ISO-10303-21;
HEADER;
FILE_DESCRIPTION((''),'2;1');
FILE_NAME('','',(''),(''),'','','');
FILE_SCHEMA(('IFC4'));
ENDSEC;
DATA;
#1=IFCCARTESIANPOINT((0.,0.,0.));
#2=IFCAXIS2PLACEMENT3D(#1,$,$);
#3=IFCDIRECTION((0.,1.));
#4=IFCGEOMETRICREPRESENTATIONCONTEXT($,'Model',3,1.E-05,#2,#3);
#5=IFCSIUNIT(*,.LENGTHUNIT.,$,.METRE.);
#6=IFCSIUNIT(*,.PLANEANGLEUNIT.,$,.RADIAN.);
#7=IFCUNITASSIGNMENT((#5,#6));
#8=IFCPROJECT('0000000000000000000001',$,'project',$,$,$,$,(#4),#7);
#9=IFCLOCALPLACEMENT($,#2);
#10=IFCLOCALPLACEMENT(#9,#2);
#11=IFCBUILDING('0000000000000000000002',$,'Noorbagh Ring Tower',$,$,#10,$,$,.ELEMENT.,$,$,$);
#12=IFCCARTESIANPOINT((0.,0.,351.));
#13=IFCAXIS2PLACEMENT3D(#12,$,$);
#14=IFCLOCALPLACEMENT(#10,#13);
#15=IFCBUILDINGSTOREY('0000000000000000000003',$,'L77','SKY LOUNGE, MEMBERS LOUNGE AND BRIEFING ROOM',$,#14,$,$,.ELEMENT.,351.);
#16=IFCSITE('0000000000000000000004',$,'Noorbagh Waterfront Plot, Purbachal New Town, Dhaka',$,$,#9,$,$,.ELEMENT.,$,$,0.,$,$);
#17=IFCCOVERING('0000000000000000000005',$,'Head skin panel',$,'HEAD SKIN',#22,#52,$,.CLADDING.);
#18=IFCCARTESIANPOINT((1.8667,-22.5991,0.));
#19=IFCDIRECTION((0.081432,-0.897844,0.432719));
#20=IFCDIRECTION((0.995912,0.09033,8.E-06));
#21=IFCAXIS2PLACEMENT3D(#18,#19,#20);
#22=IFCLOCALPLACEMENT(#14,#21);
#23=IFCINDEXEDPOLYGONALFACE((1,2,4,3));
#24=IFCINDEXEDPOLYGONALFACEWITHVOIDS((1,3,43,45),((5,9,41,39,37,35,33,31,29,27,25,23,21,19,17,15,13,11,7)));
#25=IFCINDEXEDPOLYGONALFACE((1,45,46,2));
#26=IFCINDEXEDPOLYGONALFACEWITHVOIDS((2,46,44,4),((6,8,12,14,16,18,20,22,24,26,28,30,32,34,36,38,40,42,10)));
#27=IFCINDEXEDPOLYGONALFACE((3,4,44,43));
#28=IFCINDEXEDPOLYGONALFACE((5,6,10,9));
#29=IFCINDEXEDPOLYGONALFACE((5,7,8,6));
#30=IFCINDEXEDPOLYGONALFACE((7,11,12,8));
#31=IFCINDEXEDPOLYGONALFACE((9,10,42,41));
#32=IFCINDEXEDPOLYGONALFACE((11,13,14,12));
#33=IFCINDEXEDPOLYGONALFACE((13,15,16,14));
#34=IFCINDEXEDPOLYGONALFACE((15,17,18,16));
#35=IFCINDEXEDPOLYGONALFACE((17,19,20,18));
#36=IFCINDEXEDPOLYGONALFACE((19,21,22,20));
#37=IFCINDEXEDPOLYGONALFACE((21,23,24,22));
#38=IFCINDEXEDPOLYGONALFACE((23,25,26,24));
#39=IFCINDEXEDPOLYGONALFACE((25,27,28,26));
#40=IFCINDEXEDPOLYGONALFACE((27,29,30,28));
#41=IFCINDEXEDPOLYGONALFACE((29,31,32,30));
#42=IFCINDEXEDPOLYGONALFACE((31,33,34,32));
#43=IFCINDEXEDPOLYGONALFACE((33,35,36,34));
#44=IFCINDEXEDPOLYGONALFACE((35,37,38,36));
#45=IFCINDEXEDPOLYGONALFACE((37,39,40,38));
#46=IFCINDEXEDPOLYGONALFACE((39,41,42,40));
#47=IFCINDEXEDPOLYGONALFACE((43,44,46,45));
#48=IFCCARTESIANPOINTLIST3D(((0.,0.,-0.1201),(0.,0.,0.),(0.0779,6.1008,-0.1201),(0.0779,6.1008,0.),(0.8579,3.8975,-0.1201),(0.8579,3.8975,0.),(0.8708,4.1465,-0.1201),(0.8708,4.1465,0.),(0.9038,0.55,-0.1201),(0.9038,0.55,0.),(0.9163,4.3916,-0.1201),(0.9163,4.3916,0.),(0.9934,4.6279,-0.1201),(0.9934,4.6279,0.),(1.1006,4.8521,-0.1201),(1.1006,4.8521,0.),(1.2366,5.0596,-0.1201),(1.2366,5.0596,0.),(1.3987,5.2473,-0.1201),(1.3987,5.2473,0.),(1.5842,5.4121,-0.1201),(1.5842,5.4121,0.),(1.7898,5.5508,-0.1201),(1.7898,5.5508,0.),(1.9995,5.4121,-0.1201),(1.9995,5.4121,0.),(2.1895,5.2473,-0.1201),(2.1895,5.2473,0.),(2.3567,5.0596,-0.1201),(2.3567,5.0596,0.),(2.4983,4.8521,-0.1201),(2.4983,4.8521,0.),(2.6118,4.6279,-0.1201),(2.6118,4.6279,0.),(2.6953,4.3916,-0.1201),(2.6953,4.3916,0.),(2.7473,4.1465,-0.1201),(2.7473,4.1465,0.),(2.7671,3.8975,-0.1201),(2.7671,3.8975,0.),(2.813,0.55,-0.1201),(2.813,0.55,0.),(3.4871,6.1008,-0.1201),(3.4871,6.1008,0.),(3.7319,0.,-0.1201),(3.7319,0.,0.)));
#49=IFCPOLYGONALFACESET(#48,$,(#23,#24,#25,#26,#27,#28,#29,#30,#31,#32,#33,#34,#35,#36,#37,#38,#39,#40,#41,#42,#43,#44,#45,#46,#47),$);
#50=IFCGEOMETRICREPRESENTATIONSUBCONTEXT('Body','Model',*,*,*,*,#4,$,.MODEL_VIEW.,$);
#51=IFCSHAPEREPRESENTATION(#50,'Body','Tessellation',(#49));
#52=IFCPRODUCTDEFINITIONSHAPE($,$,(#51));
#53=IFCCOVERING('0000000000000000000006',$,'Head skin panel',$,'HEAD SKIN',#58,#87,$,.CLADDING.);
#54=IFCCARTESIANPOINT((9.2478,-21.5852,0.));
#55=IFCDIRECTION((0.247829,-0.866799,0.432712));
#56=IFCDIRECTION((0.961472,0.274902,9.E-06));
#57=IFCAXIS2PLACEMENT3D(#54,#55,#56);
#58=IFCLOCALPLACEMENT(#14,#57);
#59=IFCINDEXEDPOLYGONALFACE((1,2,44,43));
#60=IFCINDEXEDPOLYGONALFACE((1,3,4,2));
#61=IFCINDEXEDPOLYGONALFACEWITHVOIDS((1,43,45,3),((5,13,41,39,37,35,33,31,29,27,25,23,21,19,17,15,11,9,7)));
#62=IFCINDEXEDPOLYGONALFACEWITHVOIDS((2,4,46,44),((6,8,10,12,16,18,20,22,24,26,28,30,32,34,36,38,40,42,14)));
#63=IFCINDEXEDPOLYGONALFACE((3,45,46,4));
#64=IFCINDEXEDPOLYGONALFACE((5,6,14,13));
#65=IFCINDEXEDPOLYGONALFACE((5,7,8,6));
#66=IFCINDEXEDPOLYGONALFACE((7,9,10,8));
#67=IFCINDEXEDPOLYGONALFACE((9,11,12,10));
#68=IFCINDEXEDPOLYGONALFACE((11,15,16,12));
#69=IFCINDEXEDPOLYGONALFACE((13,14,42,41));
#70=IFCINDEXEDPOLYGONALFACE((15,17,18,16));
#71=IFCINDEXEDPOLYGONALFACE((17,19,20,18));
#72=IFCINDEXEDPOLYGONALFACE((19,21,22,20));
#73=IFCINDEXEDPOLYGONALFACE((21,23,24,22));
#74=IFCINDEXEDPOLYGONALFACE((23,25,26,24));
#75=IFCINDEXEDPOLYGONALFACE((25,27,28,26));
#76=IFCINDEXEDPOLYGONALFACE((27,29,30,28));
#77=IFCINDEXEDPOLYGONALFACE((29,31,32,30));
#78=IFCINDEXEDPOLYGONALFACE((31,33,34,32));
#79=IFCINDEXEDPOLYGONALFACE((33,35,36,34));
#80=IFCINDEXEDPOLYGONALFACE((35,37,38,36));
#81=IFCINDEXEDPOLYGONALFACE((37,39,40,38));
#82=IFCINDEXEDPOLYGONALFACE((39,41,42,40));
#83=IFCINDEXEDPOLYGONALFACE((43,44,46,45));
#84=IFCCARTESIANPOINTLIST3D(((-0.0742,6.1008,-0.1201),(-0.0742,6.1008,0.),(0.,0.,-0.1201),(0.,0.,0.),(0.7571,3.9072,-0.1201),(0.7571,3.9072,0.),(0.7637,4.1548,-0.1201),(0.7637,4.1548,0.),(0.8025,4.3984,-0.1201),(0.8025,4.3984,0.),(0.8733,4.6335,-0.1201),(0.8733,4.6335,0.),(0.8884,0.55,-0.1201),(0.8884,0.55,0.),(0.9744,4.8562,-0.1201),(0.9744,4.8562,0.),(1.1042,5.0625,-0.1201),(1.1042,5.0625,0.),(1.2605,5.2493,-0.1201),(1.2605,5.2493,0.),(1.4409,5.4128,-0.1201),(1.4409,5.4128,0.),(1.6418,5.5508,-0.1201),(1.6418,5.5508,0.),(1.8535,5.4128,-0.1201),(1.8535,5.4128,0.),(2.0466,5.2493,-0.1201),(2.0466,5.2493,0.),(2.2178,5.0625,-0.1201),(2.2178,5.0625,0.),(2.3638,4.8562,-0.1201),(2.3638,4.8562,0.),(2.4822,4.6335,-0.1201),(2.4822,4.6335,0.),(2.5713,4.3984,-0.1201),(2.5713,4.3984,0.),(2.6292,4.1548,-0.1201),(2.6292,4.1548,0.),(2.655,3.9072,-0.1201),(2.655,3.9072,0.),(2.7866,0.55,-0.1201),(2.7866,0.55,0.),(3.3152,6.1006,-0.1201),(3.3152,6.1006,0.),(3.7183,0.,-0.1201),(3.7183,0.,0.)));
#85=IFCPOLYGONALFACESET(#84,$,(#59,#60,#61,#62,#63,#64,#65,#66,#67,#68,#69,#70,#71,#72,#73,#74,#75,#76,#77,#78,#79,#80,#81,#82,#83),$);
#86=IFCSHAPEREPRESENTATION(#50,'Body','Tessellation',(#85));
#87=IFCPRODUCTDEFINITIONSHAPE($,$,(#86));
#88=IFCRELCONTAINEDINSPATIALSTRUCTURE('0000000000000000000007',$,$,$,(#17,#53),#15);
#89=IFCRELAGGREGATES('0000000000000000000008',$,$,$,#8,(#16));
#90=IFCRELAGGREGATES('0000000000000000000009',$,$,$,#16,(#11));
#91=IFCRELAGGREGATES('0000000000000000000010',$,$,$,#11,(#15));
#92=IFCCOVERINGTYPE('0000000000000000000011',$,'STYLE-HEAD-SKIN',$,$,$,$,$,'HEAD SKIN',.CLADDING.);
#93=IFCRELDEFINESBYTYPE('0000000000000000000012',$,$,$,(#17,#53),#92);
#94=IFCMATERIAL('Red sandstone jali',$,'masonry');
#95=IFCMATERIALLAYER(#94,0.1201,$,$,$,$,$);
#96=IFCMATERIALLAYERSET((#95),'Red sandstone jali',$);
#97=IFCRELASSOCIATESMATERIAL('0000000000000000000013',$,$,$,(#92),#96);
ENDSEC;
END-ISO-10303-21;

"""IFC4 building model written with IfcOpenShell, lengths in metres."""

from ifc_helpers import new_model, si_unit, direction, frame, origin, place, context, subcontext, project, spatial, polyline, outline, extrude, material, layer, layer_set, type_object, element, save


model = new_model("IFC4")

# Units and contexts
model_context = context("Model", 3, precision=1e-05, world=origin(), true_north=direction((0.0, 1.0)))
body_context = subcontext(model_context, "Body", "Model", "MODEL_VIEW")
ifc_project = project(units=[si_unit("LENGTHUNIT", "METRE"), si_unit("PLANEANGLEUNIT", "RADIAN")], contexts=[model_context])

# Site, building, storey
site_placement = place(None, origin())
site = spatial("IfcSite", under=ifc_project, at=site_placement, Name="Noorbagh Waterfront Plot, Purbachal New Town, Dhaka", CompositionType="ELEMENT", RefElevation=0.0)
building_placement = place(site_placement, origin())
building = spatial("IfcBuilding", under=site, at=building_placement, Name="Noorbagh Ring Tower", CompositionType="ELEMENT")
storey_placement = place(building_placement, frame((0.0, 0.0, 351.0)))
storey = spatial("IfcBuildingStorey", under=building, at=storey_placement, Name="L77", Description="SKY LOUNGE, MEMBERS LOUNGE AND BRIEFING ROOM", CompositionType="ELEMENT", Elevation=351.0)

# Coverings
ifc_material_1 = material(Name="Red sandstone jali", Category="masonry")
ifc_layer_1 = layer(ifc_material_1, 0.1201)
ifc_layer_set_1 = layer_set([ifc_layer_1], Name="Red sandstone jali")
covering_type_1 = type_object("IfcCoveringType", Name="STYLE-HEAD-SKIN", ElementType="HEAD SKIN", PredefinedType="CLADDING", material=ifc_layer_set_1)
covering_1_placement = place(storey_placement, frame((1.8667, -22.5991, 0.0), z_axis=(0.081432, -0.897844, 0.432719), x_axis=(0.995912, 0.09033, 0.000008)))
element("IfcCovering", 1, at=covering_1_placement, inside=storey, type_object=covering_type_1, Name="Head skin panel", ObjectType="HEAD SKIN", PredefinedType="CLADDING", context=body_context, shape_type="SweptSolid", body=[
    extrude(outline(polyline([(0.0, 0.0), (3.7319, 0.0), (3.4871, 6.1008), (0.0779, 6.1008), (0.0, 0.0)]), holes=[polyline([(0.9038, 0.55), (0.8579, 3.8975), (0.8708, 4.1465), (0.9163, 4.3916), (0.9934, 4.6279), (1.1006, 4.8521), (1.2366, 5.0596), (1.3987, 5.2473), (1.5842, 5.4121), (1.7898, 5.5508), (1.9995, 5.4121), (2.1895, 5.2473), (2.3567, 5.0596), (2.4983, 4.8521), (2.6118, 4.6279), (2.6953, 4.3916), (2.7473, 4.1465), (2.7671, 3.8975), (2.813, 0.55), (0.9038, 0.55)])]), origin(), (0.0, 0.0, -1.0), 0.1201),
])
covering_2_placement = place(storey_placement, frame((9.2478, -21.5852, 0.0), z_axis=(0.247829, -0.866799, 0.432712), x_axis=(0.961472, 0.274902, 0.000009)))
element("IfcCovering", 2, at=covering_2_placement, inside=storey, type_object=covering_type_1, Name="Head skin panel", ObjectType="HEAD SKIN", PredefinedType="CLADDING", context=body_context, shape_type="SweptSolid", body=[
    extrude(outline(polyline([(0.0, 0.0), (3.7183, 0.0), (3.3152, 6.1006), (-0.0742, 6.1008), (0.0, 0.0)]), holes=[polyline([(0.8884, 0.55), (0.7571, 3.9072), (0.7637, 4.1548), (0.8025, 4.3984), (0.8733, 4.6335), (0.9744, 4.8562), (1.1042, 5.0625), (1.2605, 5.2493), (1.4409, 5.4128), (1.6418, 5.5508), (1.8535, 5.4128), (2.0466, 5.2493), (2.2178, 5.0625), (2.3638, 4.8562), (2.4822, 4.6335), (2.5713, 4.3984), (2.6292, 4.1548), (2.655, 3.9072), (2.7866, 0.55), (0.8884, 0.55)])]), origin(), (0.0, 0.0, -1.0), 0.1201),
])

save(model, "model.ifc")
